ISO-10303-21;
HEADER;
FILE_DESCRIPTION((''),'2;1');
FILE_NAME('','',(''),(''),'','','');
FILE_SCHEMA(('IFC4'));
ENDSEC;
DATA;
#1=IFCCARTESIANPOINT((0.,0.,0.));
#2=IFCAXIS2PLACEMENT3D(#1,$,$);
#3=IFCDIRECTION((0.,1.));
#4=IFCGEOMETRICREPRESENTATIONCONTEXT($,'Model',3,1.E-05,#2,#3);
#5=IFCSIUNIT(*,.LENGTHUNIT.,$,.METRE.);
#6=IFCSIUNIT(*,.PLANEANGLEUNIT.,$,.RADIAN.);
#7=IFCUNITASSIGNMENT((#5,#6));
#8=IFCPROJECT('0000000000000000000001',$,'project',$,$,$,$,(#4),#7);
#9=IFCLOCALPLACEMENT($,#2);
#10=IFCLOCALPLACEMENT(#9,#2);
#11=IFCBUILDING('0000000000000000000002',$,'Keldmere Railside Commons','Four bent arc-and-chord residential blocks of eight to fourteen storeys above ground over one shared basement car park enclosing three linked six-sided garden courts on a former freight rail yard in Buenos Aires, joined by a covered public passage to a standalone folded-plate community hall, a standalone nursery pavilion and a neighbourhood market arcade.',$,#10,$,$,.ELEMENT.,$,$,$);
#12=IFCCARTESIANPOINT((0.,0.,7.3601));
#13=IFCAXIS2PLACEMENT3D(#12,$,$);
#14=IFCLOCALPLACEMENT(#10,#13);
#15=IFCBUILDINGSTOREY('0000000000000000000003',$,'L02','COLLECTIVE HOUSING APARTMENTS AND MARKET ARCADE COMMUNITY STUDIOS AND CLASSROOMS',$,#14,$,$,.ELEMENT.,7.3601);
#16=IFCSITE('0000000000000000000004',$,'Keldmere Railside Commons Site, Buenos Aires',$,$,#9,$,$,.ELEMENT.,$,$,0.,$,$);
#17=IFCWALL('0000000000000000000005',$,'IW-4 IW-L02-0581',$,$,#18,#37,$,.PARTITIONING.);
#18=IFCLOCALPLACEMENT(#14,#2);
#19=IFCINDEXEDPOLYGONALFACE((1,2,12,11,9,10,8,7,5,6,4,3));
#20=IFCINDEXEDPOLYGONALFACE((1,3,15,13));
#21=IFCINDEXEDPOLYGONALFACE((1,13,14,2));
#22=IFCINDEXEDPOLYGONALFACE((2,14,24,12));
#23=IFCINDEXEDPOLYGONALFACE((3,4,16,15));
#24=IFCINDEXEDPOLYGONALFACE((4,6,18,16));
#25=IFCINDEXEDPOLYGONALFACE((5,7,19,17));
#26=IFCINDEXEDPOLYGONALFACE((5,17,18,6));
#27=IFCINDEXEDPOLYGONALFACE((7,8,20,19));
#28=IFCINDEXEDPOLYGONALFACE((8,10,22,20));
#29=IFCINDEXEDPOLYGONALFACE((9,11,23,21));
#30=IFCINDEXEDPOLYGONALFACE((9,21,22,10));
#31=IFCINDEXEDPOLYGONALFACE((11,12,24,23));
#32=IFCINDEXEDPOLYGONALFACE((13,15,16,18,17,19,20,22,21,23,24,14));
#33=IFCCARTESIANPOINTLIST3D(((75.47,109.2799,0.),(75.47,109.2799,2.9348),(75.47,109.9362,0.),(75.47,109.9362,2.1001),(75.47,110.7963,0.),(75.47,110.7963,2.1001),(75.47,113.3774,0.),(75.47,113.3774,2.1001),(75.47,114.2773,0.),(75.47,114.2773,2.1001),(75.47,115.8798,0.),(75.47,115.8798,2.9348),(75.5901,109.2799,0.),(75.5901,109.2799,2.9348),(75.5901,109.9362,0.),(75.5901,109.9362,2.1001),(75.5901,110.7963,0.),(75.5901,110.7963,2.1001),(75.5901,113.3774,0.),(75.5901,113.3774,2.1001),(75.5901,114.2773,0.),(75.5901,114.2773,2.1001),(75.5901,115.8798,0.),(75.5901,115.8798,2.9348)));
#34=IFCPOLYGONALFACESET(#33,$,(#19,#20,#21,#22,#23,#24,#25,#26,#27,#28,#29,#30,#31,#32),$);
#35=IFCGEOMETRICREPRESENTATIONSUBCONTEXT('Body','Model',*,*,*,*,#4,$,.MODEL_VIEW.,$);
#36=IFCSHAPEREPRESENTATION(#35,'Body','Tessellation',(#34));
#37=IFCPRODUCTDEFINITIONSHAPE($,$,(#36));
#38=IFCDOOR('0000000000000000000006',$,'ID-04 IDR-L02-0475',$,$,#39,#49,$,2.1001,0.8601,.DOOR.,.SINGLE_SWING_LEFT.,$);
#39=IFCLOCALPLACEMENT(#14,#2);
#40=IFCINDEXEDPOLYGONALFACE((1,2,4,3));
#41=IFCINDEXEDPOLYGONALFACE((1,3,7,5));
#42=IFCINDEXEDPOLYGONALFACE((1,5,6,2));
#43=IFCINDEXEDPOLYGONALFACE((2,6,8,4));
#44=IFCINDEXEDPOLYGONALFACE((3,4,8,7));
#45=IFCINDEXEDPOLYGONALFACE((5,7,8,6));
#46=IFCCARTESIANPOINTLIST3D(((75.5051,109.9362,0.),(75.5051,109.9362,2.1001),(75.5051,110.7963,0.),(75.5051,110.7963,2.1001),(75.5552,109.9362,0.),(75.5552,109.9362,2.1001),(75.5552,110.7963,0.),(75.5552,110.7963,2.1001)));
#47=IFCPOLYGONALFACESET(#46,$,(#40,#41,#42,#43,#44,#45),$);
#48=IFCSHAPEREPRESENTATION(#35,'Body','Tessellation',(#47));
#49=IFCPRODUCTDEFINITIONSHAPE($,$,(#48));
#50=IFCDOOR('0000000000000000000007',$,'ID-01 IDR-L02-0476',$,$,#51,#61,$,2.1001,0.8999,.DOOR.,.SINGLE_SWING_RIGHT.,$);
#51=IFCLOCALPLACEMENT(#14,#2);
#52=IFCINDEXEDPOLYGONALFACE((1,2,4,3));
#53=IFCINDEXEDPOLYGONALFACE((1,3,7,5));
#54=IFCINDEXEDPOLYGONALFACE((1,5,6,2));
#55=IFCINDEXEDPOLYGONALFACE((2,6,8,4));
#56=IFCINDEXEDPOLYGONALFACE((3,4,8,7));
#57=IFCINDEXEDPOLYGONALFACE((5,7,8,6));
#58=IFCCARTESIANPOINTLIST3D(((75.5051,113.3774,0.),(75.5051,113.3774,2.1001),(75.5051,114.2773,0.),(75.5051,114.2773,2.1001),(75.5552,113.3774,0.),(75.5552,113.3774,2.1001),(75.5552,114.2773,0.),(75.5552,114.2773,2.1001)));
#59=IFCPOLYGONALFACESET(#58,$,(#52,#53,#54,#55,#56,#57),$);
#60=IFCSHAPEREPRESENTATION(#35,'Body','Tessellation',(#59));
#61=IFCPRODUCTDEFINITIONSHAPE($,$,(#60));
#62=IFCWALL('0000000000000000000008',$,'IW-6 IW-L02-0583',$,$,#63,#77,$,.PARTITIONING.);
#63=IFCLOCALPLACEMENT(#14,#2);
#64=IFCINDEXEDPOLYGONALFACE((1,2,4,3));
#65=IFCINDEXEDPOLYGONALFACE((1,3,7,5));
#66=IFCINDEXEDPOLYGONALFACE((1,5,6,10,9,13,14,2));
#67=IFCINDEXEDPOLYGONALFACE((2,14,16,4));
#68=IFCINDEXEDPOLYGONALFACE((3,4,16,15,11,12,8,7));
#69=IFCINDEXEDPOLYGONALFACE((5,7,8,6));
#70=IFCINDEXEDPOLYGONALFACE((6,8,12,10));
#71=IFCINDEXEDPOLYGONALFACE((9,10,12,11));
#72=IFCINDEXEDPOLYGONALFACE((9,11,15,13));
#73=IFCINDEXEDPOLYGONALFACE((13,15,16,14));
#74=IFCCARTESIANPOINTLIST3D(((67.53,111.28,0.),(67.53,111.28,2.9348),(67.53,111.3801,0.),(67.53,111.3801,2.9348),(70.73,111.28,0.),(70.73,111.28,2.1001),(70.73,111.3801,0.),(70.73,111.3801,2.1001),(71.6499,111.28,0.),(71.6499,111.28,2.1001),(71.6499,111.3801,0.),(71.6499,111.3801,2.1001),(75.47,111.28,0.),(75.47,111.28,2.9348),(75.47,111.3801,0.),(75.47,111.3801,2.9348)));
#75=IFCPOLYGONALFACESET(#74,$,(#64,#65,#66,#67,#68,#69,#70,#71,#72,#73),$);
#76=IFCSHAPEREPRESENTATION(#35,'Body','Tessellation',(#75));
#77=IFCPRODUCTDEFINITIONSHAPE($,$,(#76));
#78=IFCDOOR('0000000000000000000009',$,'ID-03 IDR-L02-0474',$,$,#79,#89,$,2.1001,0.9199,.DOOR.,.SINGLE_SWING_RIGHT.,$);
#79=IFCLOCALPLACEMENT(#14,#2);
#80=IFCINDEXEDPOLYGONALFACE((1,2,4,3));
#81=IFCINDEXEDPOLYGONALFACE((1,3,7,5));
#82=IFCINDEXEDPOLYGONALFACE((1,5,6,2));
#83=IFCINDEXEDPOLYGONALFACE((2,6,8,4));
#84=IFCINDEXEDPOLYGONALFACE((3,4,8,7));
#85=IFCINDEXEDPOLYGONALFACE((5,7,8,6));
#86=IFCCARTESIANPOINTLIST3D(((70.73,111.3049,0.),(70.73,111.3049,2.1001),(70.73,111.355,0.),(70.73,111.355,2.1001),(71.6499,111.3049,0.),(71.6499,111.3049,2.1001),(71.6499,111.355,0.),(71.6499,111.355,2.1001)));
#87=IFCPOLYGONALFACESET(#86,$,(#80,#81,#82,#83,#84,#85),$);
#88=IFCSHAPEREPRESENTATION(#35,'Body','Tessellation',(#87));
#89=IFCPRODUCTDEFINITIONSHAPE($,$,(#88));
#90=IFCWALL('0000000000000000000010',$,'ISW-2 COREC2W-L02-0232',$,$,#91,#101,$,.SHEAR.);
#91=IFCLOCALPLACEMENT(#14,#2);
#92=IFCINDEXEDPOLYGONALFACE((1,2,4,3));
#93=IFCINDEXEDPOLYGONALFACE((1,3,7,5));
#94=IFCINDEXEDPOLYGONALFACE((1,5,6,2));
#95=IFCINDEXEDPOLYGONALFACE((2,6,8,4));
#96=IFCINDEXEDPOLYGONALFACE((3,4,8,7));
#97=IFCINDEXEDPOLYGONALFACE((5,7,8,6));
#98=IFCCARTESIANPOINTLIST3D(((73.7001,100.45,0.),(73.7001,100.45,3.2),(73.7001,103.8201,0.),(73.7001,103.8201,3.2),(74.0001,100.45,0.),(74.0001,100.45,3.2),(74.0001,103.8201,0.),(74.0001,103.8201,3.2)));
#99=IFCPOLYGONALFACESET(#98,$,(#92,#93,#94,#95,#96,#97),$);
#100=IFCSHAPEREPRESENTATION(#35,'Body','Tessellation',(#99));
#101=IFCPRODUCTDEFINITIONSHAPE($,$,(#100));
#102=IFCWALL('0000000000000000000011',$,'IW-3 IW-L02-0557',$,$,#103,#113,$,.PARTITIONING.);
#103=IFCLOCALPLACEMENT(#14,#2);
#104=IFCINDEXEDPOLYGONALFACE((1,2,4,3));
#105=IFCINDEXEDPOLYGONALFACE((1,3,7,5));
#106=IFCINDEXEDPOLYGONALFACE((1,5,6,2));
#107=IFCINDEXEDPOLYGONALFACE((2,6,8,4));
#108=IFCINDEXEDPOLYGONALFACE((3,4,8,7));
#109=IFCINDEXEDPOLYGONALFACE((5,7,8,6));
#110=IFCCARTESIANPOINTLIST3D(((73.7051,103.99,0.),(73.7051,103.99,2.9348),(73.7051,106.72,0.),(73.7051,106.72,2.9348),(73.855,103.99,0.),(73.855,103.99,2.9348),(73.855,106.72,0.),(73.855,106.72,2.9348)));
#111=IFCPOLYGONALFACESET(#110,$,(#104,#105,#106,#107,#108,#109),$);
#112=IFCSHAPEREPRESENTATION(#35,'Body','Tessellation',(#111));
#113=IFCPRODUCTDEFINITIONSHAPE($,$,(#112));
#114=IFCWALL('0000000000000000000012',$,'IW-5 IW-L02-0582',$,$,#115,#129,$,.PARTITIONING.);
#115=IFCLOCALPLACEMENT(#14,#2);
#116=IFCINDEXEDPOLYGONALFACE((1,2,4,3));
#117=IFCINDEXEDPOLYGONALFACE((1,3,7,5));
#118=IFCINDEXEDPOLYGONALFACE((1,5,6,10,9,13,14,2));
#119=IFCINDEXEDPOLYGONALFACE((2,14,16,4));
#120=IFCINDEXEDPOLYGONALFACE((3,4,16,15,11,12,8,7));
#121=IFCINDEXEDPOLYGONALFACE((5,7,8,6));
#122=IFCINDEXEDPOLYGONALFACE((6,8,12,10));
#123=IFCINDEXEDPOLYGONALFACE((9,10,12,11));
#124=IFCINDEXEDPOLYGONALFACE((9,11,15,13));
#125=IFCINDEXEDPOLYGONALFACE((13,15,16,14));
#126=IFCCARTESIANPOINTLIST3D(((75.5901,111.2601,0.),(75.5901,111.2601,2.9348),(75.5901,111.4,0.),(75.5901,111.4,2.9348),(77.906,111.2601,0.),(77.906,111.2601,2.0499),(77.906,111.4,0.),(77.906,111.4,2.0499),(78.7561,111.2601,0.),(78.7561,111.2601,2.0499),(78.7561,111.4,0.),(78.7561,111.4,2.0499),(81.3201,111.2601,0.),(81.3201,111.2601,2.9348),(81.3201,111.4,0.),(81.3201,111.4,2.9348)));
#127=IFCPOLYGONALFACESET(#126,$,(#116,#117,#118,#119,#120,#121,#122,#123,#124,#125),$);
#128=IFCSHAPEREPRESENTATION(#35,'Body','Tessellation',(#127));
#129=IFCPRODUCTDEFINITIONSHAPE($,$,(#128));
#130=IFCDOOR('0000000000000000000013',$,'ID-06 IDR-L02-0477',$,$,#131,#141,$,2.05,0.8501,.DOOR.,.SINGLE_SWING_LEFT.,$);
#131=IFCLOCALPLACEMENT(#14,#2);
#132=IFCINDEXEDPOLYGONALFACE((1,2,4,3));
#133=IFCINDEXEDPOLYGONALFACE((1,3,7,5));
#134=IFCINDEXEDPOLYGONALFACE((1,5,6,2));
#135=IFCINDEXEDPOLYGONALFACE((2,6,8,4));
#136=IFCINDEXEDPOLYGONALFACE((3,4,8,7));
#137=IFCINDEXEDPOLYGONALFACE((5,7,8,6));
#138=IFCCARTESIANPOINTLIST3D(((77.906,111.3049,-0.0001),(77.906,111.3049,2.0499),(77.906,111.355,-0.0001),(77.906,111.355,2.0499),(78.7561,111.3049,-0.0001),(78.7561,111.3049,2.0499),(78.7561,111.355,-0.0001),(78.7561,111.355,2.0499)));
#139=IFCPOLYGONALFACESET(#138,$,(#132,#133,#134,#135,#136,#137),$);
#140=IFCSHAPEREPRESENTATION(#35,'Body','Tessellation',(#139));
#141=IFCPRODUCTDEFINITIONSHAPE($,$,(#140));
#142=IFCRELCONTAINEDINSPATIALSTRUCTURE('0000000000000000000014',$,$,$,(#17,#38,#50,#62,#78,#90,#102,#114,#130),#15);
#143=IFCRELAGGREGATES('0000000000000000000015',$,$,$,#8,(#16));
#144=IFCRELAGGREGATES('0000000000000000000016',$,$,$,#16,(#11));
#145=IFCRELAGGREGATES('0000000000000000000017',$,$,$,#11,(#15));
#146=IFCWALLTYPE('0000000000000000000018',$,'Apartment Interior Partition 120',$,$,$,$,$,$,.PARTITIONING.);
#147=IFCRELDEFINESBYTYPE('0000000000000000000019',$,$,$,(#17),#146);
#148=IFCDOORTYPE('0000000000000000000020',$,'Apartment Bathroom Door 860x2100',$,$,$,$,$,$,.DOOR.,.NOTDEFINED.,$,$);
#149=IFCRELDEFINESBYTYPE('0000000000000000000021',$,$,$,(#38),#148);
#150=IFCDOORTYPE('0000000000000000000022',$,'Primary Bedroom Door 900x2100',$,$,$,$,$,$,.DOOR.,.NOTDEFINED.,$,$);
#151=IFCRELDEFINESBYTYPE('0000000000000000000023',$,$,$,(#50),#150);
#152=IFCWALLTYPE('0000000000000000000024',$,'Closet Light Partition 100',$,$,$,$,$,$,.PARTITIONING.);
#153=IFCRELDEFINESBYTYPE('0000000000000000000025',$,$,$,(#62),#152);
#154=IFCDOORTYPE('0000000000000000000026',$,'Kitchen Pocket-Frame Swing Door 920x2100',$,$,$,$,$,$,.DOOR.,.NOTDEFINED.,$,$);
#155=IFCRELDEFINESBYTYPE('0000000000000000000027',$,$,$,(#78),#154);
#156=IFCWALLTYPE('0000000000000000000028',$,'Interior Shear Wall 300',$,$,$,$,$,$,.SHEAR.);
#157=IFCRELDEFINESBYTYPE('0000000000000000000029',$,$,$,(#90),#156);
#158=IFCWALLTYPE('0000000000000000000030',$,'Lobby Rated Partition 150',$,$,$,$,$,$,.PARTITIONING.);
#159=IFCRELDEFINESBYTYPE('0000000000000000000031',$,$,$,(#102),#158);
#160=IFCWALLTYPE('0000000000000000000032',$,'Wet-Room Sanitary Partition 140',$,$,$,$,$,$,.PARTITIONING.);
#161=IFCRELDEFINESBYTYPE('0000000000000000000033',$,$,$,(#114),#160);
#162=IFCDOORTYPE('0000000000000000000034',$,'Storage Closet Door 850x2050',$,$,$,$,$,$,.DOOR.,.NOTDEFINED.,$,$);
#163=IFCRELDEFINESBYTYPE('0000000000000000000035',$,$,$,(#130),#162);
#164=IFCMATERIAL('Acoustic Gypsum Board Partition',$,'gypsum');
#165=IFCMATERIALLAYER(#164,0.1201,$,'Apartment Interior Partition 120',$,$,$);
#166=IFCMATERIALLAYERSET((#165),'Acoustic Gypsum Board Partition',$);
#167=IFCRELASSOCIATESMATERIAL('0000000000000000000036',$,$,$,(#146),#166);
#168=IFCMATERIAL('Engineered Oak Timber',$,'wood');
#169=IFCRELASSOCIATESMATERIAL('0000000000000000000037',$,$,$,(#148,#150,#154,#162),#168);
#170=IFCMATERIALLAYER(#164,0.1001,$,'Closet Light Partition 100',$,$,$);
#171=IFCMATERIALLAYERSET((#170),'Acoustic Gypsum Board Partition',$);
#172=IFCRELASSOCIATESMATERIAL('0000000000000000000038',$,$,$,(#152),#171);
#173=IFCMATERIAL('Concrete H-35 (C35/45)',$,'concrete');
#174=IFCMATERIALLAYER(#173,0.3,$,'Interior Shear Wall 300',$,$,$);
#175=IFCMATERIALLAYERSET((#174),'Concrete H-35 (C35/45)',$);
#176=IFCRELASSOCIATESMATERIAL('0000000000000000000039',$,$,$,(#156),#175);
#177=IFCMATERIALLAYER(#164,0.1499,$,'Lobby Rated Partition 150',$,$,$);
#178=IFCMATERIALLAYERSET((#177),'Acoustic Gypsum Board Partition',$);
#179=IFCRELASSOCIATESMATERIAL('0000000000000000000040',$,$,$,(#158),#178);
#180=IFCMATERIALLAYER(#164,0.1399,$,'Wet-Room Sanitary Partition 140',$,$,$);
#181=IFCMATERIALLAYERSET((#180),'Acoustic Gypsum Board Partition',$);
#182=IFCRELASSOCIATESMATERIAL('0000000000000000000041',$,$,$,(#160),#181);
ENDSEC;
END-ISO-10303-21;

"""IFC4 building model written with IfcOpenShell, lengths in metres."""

from ifc_helpers import new_model, si_unit, direction, frame, frame_2d, origin, place, context, subcontext, project, spatial, rectangle, extrude, material, layer, layer_set, type_object, element, fill, save


model = new_model("IFC4")

# Units and contexts
model_context = context("Model", 3, precision=1e-05, world=origin(), true_north=direction((0.0, 1.0)))
body_context = subcontext(model_context, "Body", "Model", "MODEL_VIEW")
ifc_project = project(units=[si_unit("LENGTHUNIT", "METRE"), si_unit("PLANEANGLEUNIT", "RADIAN")], contexts=[model_context])

# Site, building, storey
site_placement = place(None, origin())
site = spatial("IfcSite", under=ifc_project, at=site_placement, Name="Keldmere Railside Commons Site, Buenos Aires", CompositionType="ELEMENT", RefElevation=0.0)
building_placement = place(site_placement, origin())
building = spatial("IfcBuilding", under=site, at=building_placement, Name="Keldmere Railside Commons", Description="Four bent arc-and-chord residential blocks of eight to fourteen storeys above ground over one shared basement car park enclosing three linked six-sided garden courts on a former freight rail yard in Buenos Aires, joined by a covered public passage to a standalone folded-plate community hall, a standalone nursery pavilion and a neighbourhood market arcade.", CompositionType="ELEMENT")
storey_placement = place(building_placement, frame((0.0, 0.0, 7.3601)))
storey = spatial("IfcBuildingStorey", under=building, at=storey_placement, Name="L02", Description="COLLECTIVE HOUSING APARTMENTS AND MARKET ARCADE COMMUNITY STUDIOS AND CLASSROOMS", CompositionType="ELEMENT", Elevation=7.3601)

# Shared definitions
ifc_material_1 = material(Name="Acoustic Gypsum Board Partition", Category="gypsum")

# Wall, openings, doors
ifc_layer_1 = layer(ifc_material_1, 0.1201, Name="Apartment Interior Partition 120")
ifc_layer_set_1 = layer_set([ifc_layer_1], Name="Acoustic Gypsum Board Partition")
wall_type_1 = type_object("IfcWallType", Name="Apartment Interior Partition 120", PredefinedType="PARTITIONING", material=ifc_layer_set_1)
wall_1_placement = place(storey_placement, frame((75.53, 109.28, 0.0), z_axis=(0.0, 0.0, 1.0), x_axis=(0.0, 1.0, 0.0)))
wall_1 = element("IfcWall", 1, at=wall_1_placement, inside=storey, type_object=wall_type_1, Name="IW-4 IW-L02-0581", PredefinedType="PARTITIONING", context=body_context, shape_type="SweptSolid", body=[
    extrude(rectangle(XDim=6.5999, YDim=0.1201, at=frame_2d((3.2998, 0.0))), origin(), (0.0, 0.0, 1.0), 2.9348),
])
opening_1_placement = place(wall_1_placement, frame((0.656, 0.0, 0.0)))
opening_1 = element("IfcOpeningElement", 2, at=opening_1_placement, cuts=wall_1, PredefinedType="OPENING", context=body_context, shape_type="SweptSolid", body=[
    extrude(rectangle(XDim=0.8601, YDim=2.1001, at=frame_2d((0.4302, 1.05))), frame((0.0, 0.0701, 0.0), z_axis=(0.0, -1.0, 0.0), x_axis=(1.0, 0.0, 0.0)), (0.0, 0.0, 1.0), 0.1401),
])
opening_2_placement = place(wall_1_placement, frame((4.0974, 0.0, 0.0)))
opening_2 = element("IfcOpeningElement", 3, at=opening_2_placement, cuts=wall_1, PredefinedType="OPENING", context=body_context, shape_type="SweptSolid", body=[
    extrude(rectangle(XDim=0.8999, YDim=2.1001, at=frame_2d((0.45, 1.05))), frame((0.0, 0.0701, 0.0), z_axis=(0.0, -1.0, 0.0), x_axis=(1.0, 0.0, 0.0)), (0.0, 0.0, 1.0), 0.1401),
])
ifc_material_2 = material(Name="Engineered Oak Timber", Category="wood")
door_type_1 = type_object("IfcDoorType", Name="Apartment Bathroom Door 860x2100", OperationType="NOTDEFINED", PredefinedType="DOOR", material=ifc_material_2)
door_1_placement = place(opening_1_placement, origin())
door_1 = element("IfcDoor", 4, at=door_1_placement, inside=storey, type_object=door_type_1, Name="ID-04 IDR-L02-0475", OperationType="SINGLE_SWING_LEFT", OverallHeight=2.1001, OverallWidth=0.8601, PredefinedType="DOOR", context=body_context, shape_type="SweptSolid", body=[
    extrude(rectangle(XDim=0.8601, YDim=2.1001, at=frame_2d((0.4302, 1.05))), frame((0.0, 0.0249, 0.0), z_axis=(0.0, -1.0, 0.0), x_axis=(1.0, 0.0, 0.0)), (0.0, 0.0, 1.0), 0.05),
])
fill(opening_1, door_1)
door_type_2 = type_object("IfcDoorType", Name="Primary Bedroom Door 900x2100", OperationType="NOTDEFINED", PredefinedType="DOOR", material=ifc_material_2)
door_2_placement = place(opening_2_placement, origin())
door_2 = element("IfcDoor", 5, at=door_2_placement, inside=storey, type_object=door_type_2, Name="ID-01 IDR-L02-0476", OperationType="SINGLE_SWING_RIGHT", OverallHeight=2.1001, OverallWidth=0.8999, PredefinedType="DOOR", context=body_context, shape_type="SweptSolid", body=[
    extrude(rectangle(XDim=0.8999, YDim=2.1001, at=frame_2d((0.45, 1.05))), frame((0.0, 0.0249, 0.0), z_axis=(0.0, -1.0, 0.0), x_axis=(1.0, 0.0, 0.0)), (0.0, 0.0, 1.0), 0.05),
])
fill(opening_2, door_2)

# Wall, opening, door
ifc_layer_2 = layer(ifc_material_1, 0.1001, Name="Closet Light Partition 100")
ifc_layer_set_2 = layer_set([ifc_layer_2], Name="Acoustic Gypsum Board Partition")
wall_type_2 = type_object("IfcWallType", Name="Closet Light Partition 100", PredefinedType="PARTITIONING", material=ifc_layer_set_2)
wall_2_placement = place(storey_placement, frame((67.53, 111.3301, 0.0), z_axis=(0.0, 0.0, 1.0), x_axis=(1.0, 0.0, 0.0)))
wall_2 = element("IfcWall", 6, at=wall_2_placement, inside=storey, type_object=wall_type_2, Name="IW-6 IW-L02-0583", PredefinedType="PARTITIONING", context=body_context, shape_type="SweptSolid", body=[
    extrude(rectangle(XDim=7.9399, YDim=0.1001, at=frame_2d((3.97, 0.0))), origin(), (0.0, 0.0, 1.0), 2.9348),
])
opening_3_placement = place(wall_2_placement, frame((3.2, 0.0, 0.0)))
opening_3 = element("IfcOpeningElement", 7, at=opening_3_placement, cuts=wall_2, PredefinedType="OPENING", context=body_context, shape_type="SweptSolid", body=[
    extrude(rectangle(XDim=0.9199, YDim=2.1001, at=frame_2d((0.46, 1.05))), frame((0.0, 0.0601, 0.0), z_axis=(0.0, -1.0, 0.0), x_axis=(1.0, 0.0, 0.0)), (0.0, 0.0, 1.0), 0.1201),
])
door_type_3 = type_object("IfcDoorType", Name="Kitchen Pocket-Frame Swing Door 920x2100", OperationType="NOTDEFINED", PredefinedType="DOOR", material=ifc_material_2)
door_3_placement = place(opening_3_placement, origin())
door_3 = element("IfcDoor", 8, at=door_3_placement, inside=storey, type_object=door_type_3, Name="ID-03 IDR-L02-0474", OperationType="SINGLE_SWING_RIGHT", OverallHeight=2.1001, OverallWidth=0.9199, PredefinedType="DOOR", context=body_context, shape_type="SweptSolid", body=[
    extrude(rectangle(XDim=0.9199, YDim=2.1001, at=frame_2d((0.46, 1.05))), frame((0.0, 0.0249, 0.0), z_axis=(0.0, -1.0, 0.0), x_axis=(1.0, 0.0, 0.0)), (0.0, 0.0, 1.0), 0.05),
])
fill(opening_3, door_3)

# Walls
ifc_material_3 = material(Name="Concrete H-35 (C35/45)", Category="concrete")
ifc_layer_3 = layer(ifc_material_3, 0.3, Name="Interior Shear Wall 300")
ifc_layer_set_3 = layer_set([ifc_layer_3], Name="Concrete H-35 (C35/45)")
wall_type_3 = type_object("IfcWallType", Name="Interior Shear Wall 300", PredefinedType="SHEAR", material=ifc_layer_set_3)
wall_3_placement = place(storey_placement, frame((73.8501, 103.8201, 0.0), z_axis=(0.0, 0.0, 1.0), x_axis=(0.0, -1.0, 0.0)))
element("IfcWall", 9, at=wall_3_placement, inside=storey, type_object=wall_type_3, Name="ISW-2 COREC2W-L02-0232", PredefinedType="SHEAR", context=body_context, shape_type="SweptSolid", body=[
    extrude(rectangle(XDim=3.3701, YDim=0.3, at=frame_2d((1.6851, 0.0))), origin(), (0.0, 0.0, 1.0), 3.2),
])
ifc_layer_4 = layer(ifc_material_1, 0.1499, Name="Lobby Rated Partition 150")
ifc_layer_set_4 = layer_set([ifc_layer_4], Name="Acoustic Gypsum Board Partition")
wall_type_4 = type_object("IfcWallType", Name="Lobby Rated Partition 150", PredefinedType="PARTITIONING", material=ifc_layer_set_4)
wall_4_placement = place(storey_placement, frame((73.78, 103.99, 0.0), z_axis=(0.0, 0.0, 1.0), x_axis=(0.0, 1.0, 0.0)))
element("IfcWall", 10, at=wall_4_placement, inside=storey, type_object=wall_type_4, Name="IW-3 IW-L02-0557", PredefinedType="PARTITIONING", context=body_context, shape_type="SweptSolid", body=[
    extrude(rectangle(XDim=2.73, YDim=0.1499, at=frame_2d((1.365, 0.0))), origin(), (0.0, 0.0, 1.0), 2.9348),
])

# Wall, opening, door
ifc_layer_5 = layer(ifc_material_1, 0.1399, Name="Wet-Room Sanitary Partition 140")
ifc_layer_set_5 = layer_set([ifc_layer_5], Name="Acoustic Gypsum Board Partition")
wall_type_5 = type_object("IfcWallType", Name="Wet-Room Sanitary Partition 140", PredefinedType="PARTITIONING", material=ifc_layer_set_5)
wall_5_placement = place(storey_placement, frame((75.5901, 111.3301, 0.0), z_axis=(0.0, 0.0, 1.0), x_axis=(1.0, 0.0, 0.0)))
wall_5 = element("IfcWall", 11, at=wall_5_placement, inside=storey, type_object=wall_type_5, Name="IW-5 IW-L02-0582", PredefinedType="PARTITIONING", context=body_context, shape_type="SweptSolid", body=[
    extrude(rectangle(XDim=5.73, YDim=0.1399, at=frame_2d((2.865, 0.0))), origin(), (0.0, 0.0, 1.0), 2.9348),
])
opening_4_placement = place(wall_5_placement, frame((2.3159, 0.0, 0.0)))
opening_4 = element("IfcOpeningElement", 12, at=opening_4_placement, cuts=wall_5, PredefinedType="OPENING", context=body_context, shape_type="SweptSolid", body=[
    extrude(rectangle(XDim=0.8501, YDim=2.05, at=frame_2d((0.425, 1.0249))), frame((0.0, 0.0798, 0.0), z_axis=(0.0, -1.0, 0.0), x_axis=(1.0, 0.0, 0.0)), (0.0, 0.0, 1.0), 0.1599),
])
door_type_4 = type_object("IfcDoorType", Name="Storage Closet Door 850x2050", OperationType="NOTDEFINED", PredefinedType="DOOR", material=ifc_material_2)
door_4_placement = place(opening_4_placement, origin())
door_4 = element("IfcDoor", 13, at=door_4_placement, inside=storey, type_object=door_type_4, Name="ID-06 IDR-L02-0477", OperationType="SINGLE_SWING_LEFT", OverallHeight=2.05, OverallWidth=0.8501, PredefinedType="DOOR", context=body_context, shape_type="SweptSolid", body=[
    extrude(rectangle(XDim=0.8501, YDim=2.05, at=frame_2d((0.425, 1.0249))), frame((0.0, 0.0249, 0.0), z_axis=(0.0, -1.0, 0.0), x_axis=(1.0, 0.0, 0.0)), (0.0, 0.0, 1.0), 0.05),
])
fill(opening_4, door_4)

save(model, "model.ifc")
